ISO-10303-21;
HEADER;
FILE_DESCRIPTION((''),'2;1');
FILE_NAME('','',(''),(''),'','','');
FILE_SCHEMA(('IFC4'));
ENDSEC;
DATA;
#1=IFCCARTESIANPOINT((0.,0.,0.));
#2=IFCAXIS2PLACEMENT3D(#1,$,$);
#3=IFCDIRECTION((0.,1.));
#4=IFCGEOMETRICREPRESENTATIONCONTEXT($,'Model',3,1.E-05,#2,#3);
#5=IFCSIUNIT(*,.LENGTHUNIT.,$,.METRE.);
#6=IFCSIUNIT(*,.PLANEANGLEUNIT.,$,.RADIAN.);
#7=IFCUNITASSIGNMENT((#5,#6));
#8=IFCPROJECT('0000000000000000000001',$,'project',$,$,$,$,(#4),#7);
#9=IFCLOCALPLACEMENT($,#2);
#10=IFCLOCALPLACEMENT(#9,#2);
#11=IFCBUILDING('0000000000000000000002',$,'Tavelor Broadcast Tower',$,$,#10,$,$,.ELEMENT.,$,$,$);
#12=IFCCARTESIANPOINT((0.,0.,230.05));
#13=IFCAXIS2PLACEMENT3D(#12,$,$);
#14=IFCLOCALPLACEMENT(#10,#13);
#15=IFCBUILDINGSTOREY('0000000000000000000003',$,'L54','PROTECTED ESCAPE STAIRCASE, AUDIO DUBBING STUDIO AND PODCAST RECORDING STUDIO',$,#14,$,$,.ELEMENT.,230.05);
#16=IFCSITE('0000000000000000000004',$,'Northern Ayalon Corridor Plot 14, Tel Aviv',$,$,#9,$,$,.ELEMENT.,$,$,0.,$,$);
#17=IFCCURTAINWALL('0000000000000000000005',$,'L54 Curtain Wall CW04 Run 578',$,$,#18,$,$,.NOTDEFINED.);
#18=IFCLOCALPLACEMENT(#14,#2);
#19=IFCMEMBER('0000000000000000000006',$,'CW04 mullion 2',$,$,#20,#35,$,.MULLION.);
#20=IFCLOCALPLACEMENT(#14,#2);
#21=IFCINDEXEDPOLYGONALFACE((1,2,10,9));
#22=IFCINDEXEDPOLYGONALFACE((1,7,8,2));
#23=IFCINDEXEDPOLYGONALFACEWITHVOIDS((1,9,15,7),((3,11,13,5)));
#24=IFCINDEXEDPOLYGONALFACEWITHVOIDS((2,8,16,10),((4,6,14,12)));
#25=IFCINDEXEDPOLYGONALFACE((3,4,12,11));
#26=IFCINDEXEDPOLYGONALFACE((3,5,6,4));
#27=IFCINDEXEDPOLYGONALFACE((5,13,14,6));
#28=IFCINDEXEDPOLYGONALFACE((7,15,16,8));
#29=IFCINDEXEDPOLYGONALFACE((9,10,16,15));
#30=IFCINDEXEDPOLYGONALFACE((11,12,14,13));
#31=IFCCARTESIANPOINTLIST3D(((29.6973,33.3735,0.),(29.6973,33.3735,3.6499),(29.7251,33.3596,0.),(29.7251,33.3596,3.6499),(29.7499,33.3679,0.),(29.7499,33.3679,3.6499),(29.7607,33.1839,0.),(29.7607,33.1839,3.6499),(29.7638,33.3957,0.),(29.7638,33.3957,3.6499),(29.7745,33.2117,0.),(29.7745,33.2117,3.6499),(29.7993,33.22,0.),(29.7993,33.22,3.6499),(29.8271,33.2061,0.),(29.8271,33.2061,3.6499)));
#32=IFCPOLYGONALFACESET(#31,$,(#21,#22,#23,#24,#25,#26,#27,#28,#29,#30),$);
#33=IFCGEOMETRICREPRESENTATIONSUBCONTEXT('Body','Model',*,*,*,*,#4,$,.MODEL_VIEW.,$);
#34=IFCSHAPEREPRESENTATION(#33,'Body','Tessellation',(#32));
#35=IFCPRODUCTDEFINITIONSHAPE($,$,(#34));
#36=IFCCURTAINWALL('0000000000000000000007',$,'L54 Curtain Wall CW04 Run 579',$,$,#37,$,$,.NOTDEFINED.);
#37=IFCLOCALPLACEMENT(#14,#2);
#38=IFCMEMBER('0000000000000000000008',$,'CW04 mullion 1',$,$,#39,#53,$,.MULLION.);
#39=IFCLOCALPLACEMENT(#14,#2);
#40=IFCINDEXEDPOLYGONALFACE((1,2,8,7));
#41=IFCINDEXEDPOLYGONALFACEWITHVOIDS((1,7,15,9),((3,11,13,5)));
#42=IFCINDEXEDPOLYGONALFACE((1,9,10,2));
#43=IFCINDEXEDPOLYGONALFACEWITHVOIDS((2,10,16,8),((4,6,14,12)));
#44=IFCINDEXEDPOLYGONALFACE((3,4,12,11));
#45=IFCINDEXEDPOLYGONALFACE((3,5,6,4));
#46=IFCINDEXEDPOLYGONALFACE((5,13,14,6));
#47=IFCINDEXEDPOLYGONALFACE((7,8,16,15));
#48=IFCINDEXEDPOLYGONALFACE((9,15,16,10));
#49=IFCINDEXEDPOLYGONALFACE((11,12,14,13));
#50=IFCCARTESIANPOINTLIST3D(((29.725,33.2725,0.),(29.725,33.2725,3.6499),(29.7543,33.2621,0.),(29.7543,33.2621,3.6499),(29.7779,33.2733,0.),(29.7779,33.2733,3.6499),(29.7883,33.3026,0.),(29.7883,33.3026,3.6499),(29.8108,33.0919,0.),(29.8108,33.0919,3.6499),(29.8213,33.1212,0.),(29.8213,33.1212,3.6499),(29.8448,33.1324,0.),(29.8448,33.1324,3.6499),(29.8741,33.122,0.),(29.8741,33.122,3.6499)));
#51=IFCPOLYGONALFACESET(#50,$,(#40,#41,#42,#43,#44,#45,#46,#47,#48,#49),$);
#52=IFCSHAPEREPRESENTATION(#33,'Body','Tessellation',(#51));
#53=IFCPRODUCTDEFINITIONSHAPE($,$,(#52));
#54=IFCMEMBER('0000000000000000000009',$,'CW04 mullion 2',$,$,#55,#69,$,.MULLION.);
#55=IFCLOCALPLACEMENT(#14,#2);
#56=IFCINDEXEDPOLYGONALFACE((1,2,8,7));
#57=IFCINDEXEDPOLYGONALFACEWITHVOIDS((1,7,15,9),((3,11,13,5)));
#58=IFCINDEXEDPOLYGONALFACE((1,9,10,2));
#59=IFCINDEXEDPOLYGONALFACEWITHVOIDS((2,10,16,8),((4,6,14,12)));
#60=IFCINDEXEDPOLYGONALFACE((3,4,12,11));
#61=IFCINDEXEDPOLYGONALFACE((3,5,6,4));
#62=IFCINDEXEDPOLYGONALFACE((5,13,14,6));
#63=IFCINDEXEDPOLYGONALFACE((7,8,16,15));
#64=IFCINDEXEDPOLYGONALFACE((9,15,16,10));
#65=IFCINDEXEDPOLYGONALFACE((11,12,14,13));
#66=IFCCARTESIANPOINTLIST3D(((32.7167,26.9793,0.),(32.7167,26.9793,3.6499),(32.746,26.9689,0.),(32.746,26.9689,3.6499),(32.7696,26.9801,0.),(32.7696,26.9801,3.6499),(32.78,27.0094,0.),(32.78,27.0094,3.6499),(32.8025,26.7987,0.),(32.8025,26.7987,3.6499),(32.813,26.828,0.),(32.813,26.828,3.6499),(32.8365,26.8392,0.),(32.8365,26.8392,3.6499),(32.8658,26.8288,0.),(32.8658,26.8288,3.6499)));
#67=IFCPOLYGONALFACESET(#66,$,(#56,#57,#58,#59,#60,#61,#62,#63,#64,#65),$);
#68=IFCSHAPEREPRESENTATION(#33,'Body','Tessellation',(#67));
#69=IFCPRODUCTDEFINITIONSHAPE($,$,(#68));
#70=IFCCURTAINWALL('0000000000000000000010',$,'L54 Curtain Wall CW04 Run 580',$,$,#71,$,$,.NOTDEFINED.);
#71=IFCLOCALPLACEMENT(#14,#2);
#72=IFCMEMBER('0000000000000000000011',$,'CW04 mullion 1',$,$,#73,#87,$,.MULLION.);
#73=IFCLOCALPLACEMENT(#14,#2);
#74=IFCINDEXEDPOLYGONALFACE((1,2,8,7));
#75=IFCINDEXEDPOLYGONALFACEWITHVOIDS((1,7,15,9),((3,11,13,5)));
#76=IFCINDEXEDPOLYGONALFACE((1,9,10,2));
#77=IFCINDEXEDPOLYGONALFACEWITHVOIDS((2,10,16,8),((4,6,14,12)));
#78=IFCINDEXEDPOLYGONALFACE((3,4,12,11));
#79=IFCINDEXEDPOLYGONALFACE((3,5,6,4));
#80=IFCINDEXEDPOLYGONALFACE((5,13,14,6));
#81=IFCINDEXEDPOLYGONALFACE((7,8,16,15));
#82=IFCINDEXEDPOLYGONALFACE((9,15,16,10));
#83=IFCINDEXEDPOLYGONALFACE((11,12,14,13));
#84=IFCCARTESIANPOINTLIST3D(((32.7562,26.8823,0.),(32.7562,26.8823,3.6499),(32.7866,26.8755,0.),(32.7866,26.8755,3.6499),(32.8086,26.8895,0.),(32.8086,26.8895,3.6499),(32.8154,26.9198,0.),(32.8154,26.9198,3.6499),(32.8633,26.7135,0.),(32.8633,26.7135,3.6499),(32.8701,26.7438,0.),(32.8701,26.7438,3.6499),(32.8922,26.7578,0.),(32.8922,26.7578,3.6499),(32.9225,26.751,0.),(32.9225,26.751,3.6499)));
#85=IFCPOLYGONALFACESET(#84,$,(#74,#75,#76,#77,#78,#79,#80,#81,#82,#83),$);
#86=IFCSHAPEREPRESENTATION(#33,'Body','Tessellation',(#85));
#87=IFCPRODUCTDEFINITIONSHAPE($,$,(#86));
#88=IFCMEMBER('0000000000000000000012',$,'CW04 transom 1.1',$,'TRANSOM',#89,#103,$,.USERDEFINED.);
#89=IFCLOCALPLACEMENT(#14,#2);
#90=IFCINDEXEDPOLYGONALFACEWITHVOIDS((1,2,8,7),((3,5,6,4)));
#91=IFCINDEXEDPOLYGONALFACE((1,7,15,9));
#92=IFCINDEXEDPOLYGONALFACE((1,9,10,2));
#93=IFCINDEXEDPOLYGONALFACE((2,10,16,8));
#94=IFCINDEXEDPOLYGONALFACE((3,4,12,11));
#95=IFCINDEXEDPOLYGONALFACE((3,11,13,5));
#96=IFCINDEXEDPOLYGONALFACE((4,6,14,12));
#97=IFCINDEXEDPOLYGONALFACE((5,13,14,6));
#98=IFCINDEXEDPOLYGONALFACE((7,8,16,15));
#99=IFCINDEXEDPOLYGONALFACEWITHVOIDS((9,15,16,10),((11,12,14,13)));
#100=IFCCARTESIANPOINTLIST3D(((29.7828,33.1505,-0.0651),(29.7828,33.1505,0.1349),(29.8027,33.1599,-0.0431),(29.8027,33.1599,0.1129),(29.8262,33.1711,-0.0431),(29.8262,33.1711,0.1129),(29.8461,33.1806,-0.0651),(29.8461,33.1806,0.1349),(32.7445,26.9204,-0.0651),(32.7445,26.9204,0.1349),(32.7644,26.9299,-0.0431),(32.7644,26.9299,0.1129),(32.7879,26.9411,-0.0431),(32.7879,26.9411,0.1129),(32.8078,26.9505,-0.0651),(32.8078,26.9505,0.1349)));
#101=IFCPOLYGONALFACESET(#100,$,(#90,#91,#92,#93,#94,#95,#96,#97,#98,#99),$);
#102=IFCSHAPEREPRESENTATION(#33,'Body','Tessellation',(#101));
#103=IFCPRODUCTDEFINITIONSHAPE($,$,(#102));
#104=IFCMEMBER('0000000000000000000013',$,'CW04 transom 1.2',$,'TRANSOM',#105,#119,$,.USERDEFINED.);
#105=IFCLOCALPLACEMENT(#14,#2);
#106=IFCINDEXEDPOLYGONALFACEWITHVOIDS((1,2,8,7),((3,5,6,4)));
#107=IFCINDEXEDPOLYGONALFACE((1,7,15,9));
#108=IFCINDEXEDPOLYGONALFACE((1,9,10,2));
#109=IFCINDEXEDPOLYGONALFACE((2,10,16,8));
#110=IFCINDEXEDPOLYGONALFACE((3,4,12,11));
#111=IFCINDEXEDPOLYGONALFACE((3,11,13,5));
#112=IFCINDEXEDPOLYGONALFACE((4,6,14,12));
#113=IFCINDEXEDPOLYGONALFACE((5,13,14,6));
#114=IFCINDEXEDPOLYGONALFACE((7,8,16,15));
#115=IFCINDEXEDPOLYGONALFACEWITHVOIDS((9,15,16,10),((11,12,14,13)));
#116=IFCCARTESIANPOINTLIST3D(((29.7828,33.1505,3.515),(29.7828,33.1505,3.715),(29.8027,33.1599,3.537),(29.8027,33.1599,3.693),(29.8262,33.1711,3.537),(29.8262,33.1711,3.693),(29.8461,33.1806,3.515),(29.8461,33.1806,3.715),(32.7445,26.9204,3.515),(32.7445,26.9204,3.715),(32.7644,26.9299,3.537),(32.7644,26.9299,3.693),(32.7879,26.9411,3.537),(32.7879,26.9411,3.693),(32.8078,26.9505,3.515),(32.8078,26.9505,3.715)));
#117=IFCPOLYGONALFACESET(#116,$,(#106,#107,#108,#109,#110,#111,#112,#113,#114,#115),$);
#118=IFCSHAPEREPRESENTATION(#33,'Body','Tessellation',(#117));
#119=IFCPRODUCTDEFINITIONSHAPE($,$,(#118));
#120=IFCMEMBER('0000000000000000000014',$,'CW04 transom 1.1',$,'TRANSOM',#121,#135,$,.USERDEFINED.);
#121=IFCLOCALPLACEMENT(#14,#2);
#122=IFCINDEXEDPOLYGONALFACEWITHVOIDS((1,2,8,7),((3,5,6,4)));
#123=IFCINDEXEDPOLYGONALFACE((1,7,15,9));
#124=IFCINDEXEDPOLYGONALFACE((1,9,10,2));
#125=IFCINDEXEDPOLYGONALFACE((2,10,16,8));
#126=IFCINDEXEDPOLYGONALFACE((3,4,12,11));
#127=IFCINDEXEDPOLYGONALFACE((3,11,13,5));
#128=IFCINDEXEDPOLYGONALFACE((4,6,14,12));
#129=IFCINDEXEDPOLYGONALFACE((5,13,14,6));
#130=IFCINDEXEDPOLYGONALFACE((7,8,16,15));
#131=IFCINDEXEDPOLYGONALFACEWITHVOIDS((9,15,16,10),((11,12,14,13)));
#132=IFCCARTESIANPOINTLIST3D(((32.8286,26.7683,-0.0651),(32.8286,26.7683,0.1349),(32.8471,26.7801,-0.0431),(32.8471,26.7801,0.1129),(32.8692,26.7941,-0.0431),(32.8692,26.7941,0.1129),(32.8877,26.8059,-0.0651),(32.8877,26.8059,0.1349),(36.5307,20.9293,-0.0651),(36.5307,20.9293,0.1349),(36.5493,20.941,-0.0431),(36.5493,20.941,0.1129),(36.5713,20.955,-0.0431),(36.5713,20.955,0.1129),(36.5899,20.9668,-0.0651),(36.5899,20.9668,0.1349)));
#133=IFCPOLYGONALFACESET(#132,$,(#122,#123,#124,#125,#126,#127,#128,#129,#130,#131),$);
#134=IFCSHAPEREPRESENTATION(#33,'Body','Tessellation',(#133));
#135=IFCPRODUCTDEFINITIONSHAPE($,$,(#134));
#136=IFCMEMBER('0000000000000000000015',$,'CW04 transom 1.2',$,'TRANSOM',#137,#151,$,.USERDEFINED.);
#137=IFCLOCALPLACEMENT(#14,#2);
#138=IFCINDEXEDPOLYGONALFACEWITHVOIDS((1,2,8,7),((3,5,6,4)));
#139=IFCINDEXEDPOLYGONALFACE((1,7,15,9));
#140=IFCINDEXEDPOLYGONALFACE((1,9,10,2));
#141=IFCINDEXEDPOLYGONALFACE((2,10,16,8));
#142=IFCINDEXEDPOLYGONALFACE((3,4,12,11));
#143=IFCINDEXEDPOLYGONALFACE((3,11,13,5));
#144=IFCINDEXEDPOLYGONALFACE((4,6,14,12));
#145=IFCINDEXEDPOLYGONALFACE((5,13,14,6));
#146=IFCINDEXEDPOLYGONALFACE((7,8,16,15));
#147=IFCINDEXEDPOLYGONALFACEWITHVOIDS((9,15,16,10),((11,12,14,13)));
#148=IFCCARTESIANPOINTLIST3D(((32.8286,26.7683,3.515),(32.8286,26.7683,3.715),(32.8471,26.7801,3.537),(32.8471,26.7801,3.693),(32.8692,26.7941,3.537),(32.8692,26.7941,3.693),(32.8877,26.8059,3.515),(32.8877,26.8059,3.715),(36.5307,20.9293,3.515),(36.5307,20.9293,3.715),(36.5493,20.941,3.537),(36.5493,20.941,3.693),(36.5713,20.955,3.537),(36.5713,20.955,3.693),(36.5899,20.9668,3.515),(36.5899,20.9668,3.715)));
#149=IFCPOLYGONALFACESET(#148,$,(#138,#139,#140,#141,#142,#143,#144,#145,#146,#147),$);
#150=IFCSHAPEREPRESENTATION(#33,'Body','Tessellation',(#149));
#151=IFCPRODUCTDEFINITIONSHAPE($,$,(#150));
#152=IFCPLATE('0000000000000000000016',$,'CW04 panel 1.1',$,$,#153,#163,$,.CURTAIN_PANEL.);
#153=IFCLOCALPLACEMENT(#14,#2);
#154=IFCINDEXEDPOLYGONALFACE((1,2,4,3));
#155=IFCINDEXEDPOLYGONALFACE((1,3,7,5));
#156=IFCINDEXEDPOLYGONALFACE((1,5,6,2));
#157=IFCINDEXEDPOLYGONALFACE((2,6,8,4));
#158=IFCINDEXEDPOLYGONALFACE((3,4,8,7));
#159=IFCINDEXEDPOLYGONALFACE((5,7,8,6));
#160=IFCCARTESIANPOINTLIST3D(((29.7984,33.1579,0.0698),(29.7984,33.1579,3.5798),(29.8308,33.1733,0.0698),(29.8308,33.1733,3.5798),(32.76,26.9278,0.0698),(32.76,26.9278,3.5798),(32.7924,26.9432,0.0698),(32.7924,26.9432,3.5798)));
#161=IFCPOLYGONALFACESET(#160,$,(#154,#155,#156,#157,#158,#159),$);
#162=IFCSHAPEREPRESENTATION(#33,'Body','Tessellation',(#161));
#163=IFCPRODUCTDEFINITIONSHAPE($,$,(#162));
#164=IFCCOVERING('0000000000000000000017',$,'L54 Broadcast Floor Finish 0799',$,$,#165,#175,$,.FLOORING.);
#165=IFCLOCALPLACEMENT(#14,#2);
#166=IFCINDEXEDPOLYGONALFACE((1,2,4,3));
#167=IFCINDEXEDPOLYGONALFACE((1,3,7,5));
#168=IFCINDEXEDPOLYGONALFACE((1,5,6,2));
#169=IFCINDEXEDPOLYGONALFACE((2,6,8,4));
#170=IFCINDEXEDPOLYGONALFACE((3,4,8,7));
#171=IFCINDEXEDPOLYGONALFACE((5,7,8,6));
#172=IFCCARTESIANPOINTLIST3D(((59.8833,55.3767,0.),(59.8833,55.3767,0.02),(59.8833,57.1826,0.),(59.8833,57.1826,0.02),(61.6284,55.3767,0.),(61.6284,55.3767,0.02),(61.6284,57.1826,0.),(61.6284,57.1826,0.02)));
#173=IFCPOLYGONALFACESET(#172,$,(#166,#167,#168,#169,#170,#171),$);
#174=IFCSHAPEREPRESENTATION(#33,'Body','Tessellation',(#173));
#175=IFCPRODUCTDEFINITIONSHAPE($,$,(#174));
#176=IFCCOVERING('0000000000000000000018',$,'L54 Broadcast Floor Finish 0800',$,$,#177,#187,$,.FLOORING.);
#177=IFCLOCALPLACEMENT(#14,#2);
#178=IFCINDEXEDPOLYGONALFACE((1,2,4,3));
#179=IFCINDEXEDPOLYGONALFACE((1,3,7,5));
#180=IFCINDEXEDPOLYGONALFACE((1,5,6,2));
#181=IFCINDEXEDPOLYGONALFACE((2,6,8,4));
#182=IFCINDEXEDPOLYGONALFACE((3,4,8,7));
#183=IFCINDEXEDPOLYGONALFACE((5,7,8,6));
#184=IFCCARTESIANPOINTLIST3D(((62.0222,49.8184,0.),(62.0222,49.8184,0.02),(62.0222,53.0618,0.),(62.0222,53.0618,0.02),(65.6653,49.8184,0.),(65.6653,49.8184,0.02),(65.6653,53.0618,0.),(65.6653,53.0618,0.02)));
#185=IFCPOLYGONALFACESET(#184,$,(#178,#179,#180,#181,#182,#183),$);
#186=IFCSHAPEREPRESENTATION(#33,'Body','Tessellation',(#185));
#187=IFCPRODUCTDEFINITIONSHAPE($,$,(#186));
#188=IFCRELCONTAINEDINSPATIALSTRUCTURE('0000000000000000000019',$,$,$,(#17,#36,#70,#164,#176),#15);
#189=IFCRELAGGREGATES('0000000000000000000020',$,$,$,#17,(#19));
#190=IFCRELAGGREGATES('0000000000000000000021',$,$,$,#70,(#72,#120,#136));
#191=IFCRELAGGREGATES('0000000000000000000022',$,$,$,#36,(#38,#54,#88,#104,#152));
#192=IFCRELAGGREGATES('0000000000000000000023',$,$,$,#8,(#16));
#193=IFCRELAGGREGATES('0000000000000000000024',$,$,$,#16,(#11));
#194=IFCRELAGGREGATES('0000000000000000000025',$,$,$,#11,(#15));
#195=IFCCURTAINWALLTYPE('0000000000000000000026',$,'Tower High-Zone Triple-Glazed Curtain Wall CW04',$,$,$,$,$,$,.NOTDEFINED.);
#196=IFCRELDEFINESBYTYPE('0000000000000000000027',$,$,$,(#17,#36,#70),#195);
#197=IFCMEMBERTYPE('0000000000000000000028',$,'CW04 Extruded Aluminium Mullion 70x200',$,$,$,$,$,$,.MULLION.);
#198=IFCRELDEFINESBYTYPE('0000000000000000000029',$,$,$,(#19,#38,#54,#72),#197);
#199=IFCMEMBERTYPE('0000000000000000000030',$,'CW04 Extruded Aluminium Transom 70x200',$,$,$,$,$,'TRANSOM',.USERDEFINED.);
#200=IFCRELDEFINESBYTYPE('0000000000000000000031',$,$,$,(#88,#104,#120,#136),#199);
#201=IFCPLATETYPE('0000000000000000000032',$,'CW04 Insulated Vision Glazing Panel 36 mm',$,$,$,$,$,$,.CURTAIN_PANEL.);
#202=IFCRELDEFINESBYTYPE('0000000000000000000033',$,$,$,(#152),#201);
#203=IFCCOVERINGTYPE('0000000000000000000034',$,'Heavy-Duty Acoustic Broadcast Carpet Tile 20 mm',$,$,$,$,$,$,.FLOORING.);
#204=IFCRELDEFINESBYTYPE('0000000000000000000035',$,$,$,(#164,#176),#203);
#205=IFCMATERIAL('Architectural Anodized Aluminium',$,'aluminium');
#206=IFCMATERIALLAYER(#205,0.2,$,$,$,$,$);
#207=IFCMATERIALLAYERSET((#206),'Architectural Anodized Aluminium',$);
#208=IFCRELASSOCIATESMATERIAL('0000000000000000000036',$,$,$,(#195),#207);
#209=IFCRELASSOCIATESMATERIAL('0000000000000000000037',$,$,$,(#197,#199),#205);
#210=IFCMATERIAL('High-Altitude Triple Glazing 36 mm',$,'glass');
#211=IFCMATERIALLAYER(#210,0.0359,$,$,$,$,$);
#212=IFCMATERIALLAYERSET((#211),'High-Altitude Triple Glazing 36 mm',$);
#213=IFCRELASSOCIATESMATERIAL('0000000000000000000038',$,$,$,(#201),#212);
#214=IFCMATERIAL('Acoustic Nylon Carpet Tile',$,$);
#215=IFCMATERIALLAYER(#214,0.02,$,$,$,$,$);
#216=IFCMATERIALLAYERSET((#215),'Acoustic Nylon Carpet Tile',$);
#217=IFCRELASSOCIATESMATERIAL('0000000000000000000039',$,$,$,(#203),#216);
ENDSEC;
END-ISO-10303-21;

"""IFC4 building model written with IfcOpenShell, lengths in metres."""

from ifc_helpers import new_model, si_unit, direction, frame, origin, origin_2d, place, context, subcontext, project, spatial, polyline, rectangle, hollow_rectangle, outline, extrude, source, transform, mapped, material, layer, layer_set, material_profile, profile_set, type_object, type_shapes, element, aggregate, save


model = new_model("IFC4")

# Units and contexts
model_context = context("Model", 3, precision=1e-05, world=origin(), true_north=direction((0.0, 1.0)))
body_context = subcontext(model_context, "Body", "Model", "MODEL_VIEW")
ifc_project = project(units=[si_unit("LENGTHUNIT", "METRE"), si_unit("PLANEANGLEUNIT", "RADIAN")], contexts=[model_context])

# Site, building, storey
site_placement = place(None, origin())
site = spatial("IfcSite", under=ifc_project, at=site_placement, Name="Northern Ayalon Corridor Plot 14, Tel Aviv", CompositionType="ELEMENT", RefElevation=0.0)
building_placement = place(site_placement, origin())
building = spatial("IfcBuilding", under=site, at=building_placement, Name="Tavelor Broadcast Tower", CompositionType="ELEMENT")
storey_placement = place(building_placement, frame((0.0, 0.0, 230.05)))
storey = spatial("IfcBuildingStorey", under=building, at=storey_placement, Name="L54", Description="PROTECTED ESCAPE STAIRCASE, AUDIO DUBBING STUDIO AND PODCAST RECORDING STUDIO", CompositionType="ELEMENT", Elevation=230.05)

# Curtain wall, member
ifc_material_1 = material(Name="Architectural Anodized Aluminium", Category="aluminium")
ifc_layer_1 = layer(ifc_material_1, 0.2)
ifc_layer_set_1 = layer_set([ifc_layer_1], Name="Architectural Anodized Aluminium")
curtain_wall_type = type_object("IfcCurtainWallType", Name="Tower High-Zone Triple-Glazed Curtain Wall CW04", PredefinedType="NOTDEFINED", material=ifc_layer_set_1)
curtain_wall_1_placement = place(storey_placement, origin())
curtain_wall_1 = element("IfcCurtainWall", 1, at=curtain_wall_1_placement, inside=storey, type_object=curtain_wall_type, Name="L54 Curtain Wall CW04 Run 578", PredefinedType="NOTDEFINED")
ifc_material_profile_1 = material_profile(ifc_material_1, hollow_rectangle(XDim=0.0701, YDim=0.2, WallThickness=0.022, at=origin_2d()), Name="RHS 70x200x22")
ifc_profile_set_1 = profile_set([ifc_material_profile_1], Name="Architectural Anodized Aluminium")
member_type_1 = type_object("IfcMemberType", Name="CW04 Extruded Aluminium Mullion 70x200", PredefinedType="MULLION", material=ifc_profile_set_1)
shared_shape_1 = source(origin(), body_context, "Body", "SweptSolid", [
    extrude(hollow_rectangle(XDim=0.0701, YDim=0.2, WallThickness=0.022, at=origin_2d()), origin(), (0.0, 0.0, 1.0), 3.6499),
])
type_shapes(member_type_1, [shared_shape_1])
member_1_placement = place(storey_placement, frame((29.7622, 33.2898, 0.0), z_axis=(0.0, 0.0, 1.0), x_axis=(0.94846, 0.316897, 0.0)))
member_1 = element("IfcMember", 2, at=member_1_placement, type_object=member_type_1, Name="CW04 mullion 2", PredefinedType="MULLION", context=body_context, shape_type="MappedRepresentation", body=[
    mapped(shared_shape_1, transform((0.0, 0.0, 0.0), scale=1.0)),
])
aggregate(curtain_wall_1, [member_1])

# Curtain wall, members
curtain_wall_2_placement = place(storey_placement, origin())
curtain_wall_2 = element("IfcCurtainWall", 3, at=curtain_wall_2_placement, inside=storey, type_object=curtain_wall_type, Name="L54 Curtain Wall CW04 Run 579", PredefinedType="NOTDEFINED")
member_2_placement = place(storey_placement, frame((29.7996, 33.1973, 0.0), z_axis=(0.0, 0.0, 1.0), x_axis=(0.903145, 0.429336, 0.0)))
member_2 = element("IfcMember", 4, at=member_2_placement, type_object=member_type_1, Name="CW04 mullion 1", PredefinedType="MULLION", context=body_context, shape_type="MappedRepresentation", body=[
    mapped(shared_shape_1, transform((0.0, 0.0, 0.0), scale=1.0)),
])
member_3_placement = place(storey_placement, frame((32.7913, 26.9041, 0.0), z_axis=(0.0, 0.0, 1.0), x_axis=(0.903145, 0.429336, 0.0)))
member_3 = element("IfcMember", 5, at=member_3_placement, type_object=member_type_1, Name="CW04 mullion 2", PredefinedType="MULLION", context=body_context, shape_type="MappedRepresentation", body=[
    mapped(shared_shape_1, transform((0.0, 0.0, 0.0), scale=1.0)),
])

# Curtain wall, member
curtain_wall_3_placement = place(storey_placement, origin())
curtain_wall_3 = element("IfcCurtainWall", 6, at=curtain_wall_3_placement, inside=storey, type_object=curtain_wall_type, Name="L54 Curtain Wall CW04 Run 580", PredefinedType="NOTDEFINED")
member_4_placement = place(storey_placement, frame((32.8394, 26.8167, 0.0), z_axis=(0.0, 0.0, 1.0), x_axis=(0.844551, 0.535475, 0.0)))
member_4 = element("IfcMember", 7, at=member_4_placement, type_object=member_type_1, Name="CW04 mullion 1", PredefinedType="MULLION", context=body_context, shape_type="MappedRepresentation", body=[
    mapped(shared_shape_1, transform((0.0, 0.0, 0.0), scale=1.0)),
])

# Members
ifc_material_profile_2 = material_profile(ifc_material_1, hollow_rectangle(XDim=0.0701, YDim=0.2, WallThickness=0.022, at=origin_2d()), Name="RHS 70x200x22")
ifc_profile_set_2 = profile_set([ifc_material_profile_2], Name="Architectural Anodized Aluminium")
member_type_2 = type_object("IfcMemberType", Name="CW04 Extruded Aluminium Transom 70x200", ElementType="TRANSOM", PredefinedType="USERDEFINED", material=ifc_profile_set_2)
shared_shape_2 = source(origin(), body_context, "Body", "SweptSolid", [
    extrude(hollow_rectangle(XDim=0.0701, YDim=0.2, WallThickness=0.022, at=origin_2d()), origin(), (0.0, 0.0, 1.0), 6.8982),
])
member_5_placement = place(storey_placement, frame((29.8145, 33.1655, 0.0349), z_axis=(0.429344, -0.903141, 0.0), x_axis=(0.903141, 0.429344, 0.0)))
member_5 = element("IfcMember", 8, at=member_5_placement, type_object=member_type_2, Name="CW04 transom 1.1", ObjectType="TRANSOM", PredefinedType="USERDEFINED", context=body_context, shape_type="MappedRepresentation", body=[
    mapped(shared_shape_2, transform((0.0, 0.0, 0.0), scale=1.0)),
])
member_6_placement = place(storey_placement, frame((29.8145, 33.1655, 3.615), z_axis=(0.429344, -0.903141, 0.0), x_axis=(0.903141, 0.429344, 0.0)))
member_6 = element("IfcMember", 9, at=member_6_placement, type_object=member_type_2, Name="CW04 transom 1.2", ObjectType="TRANSOM", PredefinedType="USERDEFINED", context=body_context, shape_type="MappedRepresentation", body=[
    mapped(shared_shape_2, transform((0.0, 0.0, 0.0), scale=1.0)),
])
shared_shape_3 = source(origin(), body_context, "Body", "SweptSolid", [
    extrude(hollow_rectangle(XDim=0.0701, YDim=0.2, WallThickness=0.022, at=origin_2d()), origin(), (0.0, 0.0, 1.0), 6.9138),
])
type_shapes(member_type_2, [shared_shape_2, shared_shape_3])
member_7_placement = place(storey_placement, frame((32.8582, 26.7871, 0.0349), z_axis=(0.53547, -0.844555, 0.0), x_axis=(0.844555, 0.53547, 0.0)))
member_7 = element("IfcMember", 10, at=member_7_placement, type_object=member_type_2, Name="CW04 transom 1.1", ObjectType="TRANSOM", PredefinedType="USERDEFINED", context=body_context, shape_type="MappedRepresentation", body=[
    mapped(shared_shape_3, transform((0.0, 0.0, 0.0), scale=1.0)),
])
member_8_placement = place(storey_placement, frame((32.8582, 26.7871, 3.615), z_axis=(0.53547, -0.844555, 0.0), x_axis=(0.844555, 0.53547, 0.0)))
member_8 = element("IfcMember", 11, at=member_8_placement, type_object=member_type_2, Name="CW04 transom 1.2", ObjectType="TRANSOM", PredefinedType="USERDEFINED", context=body_context, shape_type="MappedRepresentation", body=[
    mapped(shared_shape_3, transform((0.0, 0.0, 0.0), scale=1.0)),
])
aggregate(curtain_wall_3, [member_4, member_7, member_8])

# Plate
ifc_material_2 = material(Name="High-Altitude Triple Glazing 36 mm", Category="glass")
ifc_layer_2 = layer(ifc_material_2, 0.0359)
ifc_layer_set_2 = layer_set([ifc_layer_2], Name="High-Altitude Triple Glazing 36 mm")
plate_type = type_object("IfcPlateType", Name="CW04 Insulated Vision Glazing Panel 36 mm", PredefinedType="CURTAIN_PANEL", material=ifc_layer_set_2)
shared_shape_4 = source(origin(), body_context, "Body", "SweptSolid", [
    extrude(rectangle(XDim=6.8982, YDim=0.0359, at=origin_2d()), origin(), (0.0, 0.0, 1.0), 3.51),
])
type_shapes(plate_type, [shared_shape_4])
plate_placement = place(storey_placement, frame((31.2954, 30.0505, 0.0698), z_axis=(0.0, 0.0, 1.0), x_axis=(0.429336, -0.903145, 0.0)))
plate = element("IfcPlate", 12, at=plate_placement, type_object=plate_type, Name="CW04 panel 1.1", PredefinedType="CURTAIN_PANEL", context=body_context, shape_type="MappedRepresentation", body=[
    mapped(shared_shape_4, transform((0.0, 0.0, 0.0), scale=1.0)),
])
aggregate(curtain_wall_2, [member_2, member_3, member_5, member_6, plate])

# Coverings
ifc_material_3 = material(Name="Acoustic Nylon Carpet Tile")
ifc_layer_3 = layer(ifc_material_3, 0.02)
ifc_layer_set_3 = layer_set([ifc_layer_3], Name="Acoustic Nylon Carpet Tile")
covering_type_1 = type_object("IfcCoveringType", Name="Heavy-Duty Acoustic Broadcast Carpet Tile 20 mm", PredefinedType="FLOORING", material=ifc_layer_set_3)
covering_1_placement = place(storey_placement, origin())
element("IfcCovering", 13, at=covering_1_placement, inside=storey, type_object=covering_type_1, Name="L54 Broadcast Floor Finish 0799", PredefinedType="FLOORING", context=body_context, shape_type="SweptSolid", body=[
    extrude(outline(polyline([(59.8833, 55.3767), (61.6284, 55.3767), (61.6284, 57.1826), (59.8833, 57.1826), (59.8833, 55.3767)])), origin(), (0.0, 0.0, 1.0), 0.02),
])
covering_2_placement = place(storey_placement, origin())
element("IfcCovering", 14, at=covering_2_placement, inside=storey, type_object=covering_type_1, Name="L54 Broadcast Floor Finish 0800", PredefinedType="FLOORING", context=body_context, shape_type="SweptSolid", body=[
    extrude(outline(polyline([(62.0222, 49.8184), (65.6653, 49.8184), (65.6653, 53.0618), (62.0222, 53.0618), (62.0222, 49.8184)])), origin(), (0.0, 0.0, 1.0), 0.02),
])

save(model, "model.ifc")
